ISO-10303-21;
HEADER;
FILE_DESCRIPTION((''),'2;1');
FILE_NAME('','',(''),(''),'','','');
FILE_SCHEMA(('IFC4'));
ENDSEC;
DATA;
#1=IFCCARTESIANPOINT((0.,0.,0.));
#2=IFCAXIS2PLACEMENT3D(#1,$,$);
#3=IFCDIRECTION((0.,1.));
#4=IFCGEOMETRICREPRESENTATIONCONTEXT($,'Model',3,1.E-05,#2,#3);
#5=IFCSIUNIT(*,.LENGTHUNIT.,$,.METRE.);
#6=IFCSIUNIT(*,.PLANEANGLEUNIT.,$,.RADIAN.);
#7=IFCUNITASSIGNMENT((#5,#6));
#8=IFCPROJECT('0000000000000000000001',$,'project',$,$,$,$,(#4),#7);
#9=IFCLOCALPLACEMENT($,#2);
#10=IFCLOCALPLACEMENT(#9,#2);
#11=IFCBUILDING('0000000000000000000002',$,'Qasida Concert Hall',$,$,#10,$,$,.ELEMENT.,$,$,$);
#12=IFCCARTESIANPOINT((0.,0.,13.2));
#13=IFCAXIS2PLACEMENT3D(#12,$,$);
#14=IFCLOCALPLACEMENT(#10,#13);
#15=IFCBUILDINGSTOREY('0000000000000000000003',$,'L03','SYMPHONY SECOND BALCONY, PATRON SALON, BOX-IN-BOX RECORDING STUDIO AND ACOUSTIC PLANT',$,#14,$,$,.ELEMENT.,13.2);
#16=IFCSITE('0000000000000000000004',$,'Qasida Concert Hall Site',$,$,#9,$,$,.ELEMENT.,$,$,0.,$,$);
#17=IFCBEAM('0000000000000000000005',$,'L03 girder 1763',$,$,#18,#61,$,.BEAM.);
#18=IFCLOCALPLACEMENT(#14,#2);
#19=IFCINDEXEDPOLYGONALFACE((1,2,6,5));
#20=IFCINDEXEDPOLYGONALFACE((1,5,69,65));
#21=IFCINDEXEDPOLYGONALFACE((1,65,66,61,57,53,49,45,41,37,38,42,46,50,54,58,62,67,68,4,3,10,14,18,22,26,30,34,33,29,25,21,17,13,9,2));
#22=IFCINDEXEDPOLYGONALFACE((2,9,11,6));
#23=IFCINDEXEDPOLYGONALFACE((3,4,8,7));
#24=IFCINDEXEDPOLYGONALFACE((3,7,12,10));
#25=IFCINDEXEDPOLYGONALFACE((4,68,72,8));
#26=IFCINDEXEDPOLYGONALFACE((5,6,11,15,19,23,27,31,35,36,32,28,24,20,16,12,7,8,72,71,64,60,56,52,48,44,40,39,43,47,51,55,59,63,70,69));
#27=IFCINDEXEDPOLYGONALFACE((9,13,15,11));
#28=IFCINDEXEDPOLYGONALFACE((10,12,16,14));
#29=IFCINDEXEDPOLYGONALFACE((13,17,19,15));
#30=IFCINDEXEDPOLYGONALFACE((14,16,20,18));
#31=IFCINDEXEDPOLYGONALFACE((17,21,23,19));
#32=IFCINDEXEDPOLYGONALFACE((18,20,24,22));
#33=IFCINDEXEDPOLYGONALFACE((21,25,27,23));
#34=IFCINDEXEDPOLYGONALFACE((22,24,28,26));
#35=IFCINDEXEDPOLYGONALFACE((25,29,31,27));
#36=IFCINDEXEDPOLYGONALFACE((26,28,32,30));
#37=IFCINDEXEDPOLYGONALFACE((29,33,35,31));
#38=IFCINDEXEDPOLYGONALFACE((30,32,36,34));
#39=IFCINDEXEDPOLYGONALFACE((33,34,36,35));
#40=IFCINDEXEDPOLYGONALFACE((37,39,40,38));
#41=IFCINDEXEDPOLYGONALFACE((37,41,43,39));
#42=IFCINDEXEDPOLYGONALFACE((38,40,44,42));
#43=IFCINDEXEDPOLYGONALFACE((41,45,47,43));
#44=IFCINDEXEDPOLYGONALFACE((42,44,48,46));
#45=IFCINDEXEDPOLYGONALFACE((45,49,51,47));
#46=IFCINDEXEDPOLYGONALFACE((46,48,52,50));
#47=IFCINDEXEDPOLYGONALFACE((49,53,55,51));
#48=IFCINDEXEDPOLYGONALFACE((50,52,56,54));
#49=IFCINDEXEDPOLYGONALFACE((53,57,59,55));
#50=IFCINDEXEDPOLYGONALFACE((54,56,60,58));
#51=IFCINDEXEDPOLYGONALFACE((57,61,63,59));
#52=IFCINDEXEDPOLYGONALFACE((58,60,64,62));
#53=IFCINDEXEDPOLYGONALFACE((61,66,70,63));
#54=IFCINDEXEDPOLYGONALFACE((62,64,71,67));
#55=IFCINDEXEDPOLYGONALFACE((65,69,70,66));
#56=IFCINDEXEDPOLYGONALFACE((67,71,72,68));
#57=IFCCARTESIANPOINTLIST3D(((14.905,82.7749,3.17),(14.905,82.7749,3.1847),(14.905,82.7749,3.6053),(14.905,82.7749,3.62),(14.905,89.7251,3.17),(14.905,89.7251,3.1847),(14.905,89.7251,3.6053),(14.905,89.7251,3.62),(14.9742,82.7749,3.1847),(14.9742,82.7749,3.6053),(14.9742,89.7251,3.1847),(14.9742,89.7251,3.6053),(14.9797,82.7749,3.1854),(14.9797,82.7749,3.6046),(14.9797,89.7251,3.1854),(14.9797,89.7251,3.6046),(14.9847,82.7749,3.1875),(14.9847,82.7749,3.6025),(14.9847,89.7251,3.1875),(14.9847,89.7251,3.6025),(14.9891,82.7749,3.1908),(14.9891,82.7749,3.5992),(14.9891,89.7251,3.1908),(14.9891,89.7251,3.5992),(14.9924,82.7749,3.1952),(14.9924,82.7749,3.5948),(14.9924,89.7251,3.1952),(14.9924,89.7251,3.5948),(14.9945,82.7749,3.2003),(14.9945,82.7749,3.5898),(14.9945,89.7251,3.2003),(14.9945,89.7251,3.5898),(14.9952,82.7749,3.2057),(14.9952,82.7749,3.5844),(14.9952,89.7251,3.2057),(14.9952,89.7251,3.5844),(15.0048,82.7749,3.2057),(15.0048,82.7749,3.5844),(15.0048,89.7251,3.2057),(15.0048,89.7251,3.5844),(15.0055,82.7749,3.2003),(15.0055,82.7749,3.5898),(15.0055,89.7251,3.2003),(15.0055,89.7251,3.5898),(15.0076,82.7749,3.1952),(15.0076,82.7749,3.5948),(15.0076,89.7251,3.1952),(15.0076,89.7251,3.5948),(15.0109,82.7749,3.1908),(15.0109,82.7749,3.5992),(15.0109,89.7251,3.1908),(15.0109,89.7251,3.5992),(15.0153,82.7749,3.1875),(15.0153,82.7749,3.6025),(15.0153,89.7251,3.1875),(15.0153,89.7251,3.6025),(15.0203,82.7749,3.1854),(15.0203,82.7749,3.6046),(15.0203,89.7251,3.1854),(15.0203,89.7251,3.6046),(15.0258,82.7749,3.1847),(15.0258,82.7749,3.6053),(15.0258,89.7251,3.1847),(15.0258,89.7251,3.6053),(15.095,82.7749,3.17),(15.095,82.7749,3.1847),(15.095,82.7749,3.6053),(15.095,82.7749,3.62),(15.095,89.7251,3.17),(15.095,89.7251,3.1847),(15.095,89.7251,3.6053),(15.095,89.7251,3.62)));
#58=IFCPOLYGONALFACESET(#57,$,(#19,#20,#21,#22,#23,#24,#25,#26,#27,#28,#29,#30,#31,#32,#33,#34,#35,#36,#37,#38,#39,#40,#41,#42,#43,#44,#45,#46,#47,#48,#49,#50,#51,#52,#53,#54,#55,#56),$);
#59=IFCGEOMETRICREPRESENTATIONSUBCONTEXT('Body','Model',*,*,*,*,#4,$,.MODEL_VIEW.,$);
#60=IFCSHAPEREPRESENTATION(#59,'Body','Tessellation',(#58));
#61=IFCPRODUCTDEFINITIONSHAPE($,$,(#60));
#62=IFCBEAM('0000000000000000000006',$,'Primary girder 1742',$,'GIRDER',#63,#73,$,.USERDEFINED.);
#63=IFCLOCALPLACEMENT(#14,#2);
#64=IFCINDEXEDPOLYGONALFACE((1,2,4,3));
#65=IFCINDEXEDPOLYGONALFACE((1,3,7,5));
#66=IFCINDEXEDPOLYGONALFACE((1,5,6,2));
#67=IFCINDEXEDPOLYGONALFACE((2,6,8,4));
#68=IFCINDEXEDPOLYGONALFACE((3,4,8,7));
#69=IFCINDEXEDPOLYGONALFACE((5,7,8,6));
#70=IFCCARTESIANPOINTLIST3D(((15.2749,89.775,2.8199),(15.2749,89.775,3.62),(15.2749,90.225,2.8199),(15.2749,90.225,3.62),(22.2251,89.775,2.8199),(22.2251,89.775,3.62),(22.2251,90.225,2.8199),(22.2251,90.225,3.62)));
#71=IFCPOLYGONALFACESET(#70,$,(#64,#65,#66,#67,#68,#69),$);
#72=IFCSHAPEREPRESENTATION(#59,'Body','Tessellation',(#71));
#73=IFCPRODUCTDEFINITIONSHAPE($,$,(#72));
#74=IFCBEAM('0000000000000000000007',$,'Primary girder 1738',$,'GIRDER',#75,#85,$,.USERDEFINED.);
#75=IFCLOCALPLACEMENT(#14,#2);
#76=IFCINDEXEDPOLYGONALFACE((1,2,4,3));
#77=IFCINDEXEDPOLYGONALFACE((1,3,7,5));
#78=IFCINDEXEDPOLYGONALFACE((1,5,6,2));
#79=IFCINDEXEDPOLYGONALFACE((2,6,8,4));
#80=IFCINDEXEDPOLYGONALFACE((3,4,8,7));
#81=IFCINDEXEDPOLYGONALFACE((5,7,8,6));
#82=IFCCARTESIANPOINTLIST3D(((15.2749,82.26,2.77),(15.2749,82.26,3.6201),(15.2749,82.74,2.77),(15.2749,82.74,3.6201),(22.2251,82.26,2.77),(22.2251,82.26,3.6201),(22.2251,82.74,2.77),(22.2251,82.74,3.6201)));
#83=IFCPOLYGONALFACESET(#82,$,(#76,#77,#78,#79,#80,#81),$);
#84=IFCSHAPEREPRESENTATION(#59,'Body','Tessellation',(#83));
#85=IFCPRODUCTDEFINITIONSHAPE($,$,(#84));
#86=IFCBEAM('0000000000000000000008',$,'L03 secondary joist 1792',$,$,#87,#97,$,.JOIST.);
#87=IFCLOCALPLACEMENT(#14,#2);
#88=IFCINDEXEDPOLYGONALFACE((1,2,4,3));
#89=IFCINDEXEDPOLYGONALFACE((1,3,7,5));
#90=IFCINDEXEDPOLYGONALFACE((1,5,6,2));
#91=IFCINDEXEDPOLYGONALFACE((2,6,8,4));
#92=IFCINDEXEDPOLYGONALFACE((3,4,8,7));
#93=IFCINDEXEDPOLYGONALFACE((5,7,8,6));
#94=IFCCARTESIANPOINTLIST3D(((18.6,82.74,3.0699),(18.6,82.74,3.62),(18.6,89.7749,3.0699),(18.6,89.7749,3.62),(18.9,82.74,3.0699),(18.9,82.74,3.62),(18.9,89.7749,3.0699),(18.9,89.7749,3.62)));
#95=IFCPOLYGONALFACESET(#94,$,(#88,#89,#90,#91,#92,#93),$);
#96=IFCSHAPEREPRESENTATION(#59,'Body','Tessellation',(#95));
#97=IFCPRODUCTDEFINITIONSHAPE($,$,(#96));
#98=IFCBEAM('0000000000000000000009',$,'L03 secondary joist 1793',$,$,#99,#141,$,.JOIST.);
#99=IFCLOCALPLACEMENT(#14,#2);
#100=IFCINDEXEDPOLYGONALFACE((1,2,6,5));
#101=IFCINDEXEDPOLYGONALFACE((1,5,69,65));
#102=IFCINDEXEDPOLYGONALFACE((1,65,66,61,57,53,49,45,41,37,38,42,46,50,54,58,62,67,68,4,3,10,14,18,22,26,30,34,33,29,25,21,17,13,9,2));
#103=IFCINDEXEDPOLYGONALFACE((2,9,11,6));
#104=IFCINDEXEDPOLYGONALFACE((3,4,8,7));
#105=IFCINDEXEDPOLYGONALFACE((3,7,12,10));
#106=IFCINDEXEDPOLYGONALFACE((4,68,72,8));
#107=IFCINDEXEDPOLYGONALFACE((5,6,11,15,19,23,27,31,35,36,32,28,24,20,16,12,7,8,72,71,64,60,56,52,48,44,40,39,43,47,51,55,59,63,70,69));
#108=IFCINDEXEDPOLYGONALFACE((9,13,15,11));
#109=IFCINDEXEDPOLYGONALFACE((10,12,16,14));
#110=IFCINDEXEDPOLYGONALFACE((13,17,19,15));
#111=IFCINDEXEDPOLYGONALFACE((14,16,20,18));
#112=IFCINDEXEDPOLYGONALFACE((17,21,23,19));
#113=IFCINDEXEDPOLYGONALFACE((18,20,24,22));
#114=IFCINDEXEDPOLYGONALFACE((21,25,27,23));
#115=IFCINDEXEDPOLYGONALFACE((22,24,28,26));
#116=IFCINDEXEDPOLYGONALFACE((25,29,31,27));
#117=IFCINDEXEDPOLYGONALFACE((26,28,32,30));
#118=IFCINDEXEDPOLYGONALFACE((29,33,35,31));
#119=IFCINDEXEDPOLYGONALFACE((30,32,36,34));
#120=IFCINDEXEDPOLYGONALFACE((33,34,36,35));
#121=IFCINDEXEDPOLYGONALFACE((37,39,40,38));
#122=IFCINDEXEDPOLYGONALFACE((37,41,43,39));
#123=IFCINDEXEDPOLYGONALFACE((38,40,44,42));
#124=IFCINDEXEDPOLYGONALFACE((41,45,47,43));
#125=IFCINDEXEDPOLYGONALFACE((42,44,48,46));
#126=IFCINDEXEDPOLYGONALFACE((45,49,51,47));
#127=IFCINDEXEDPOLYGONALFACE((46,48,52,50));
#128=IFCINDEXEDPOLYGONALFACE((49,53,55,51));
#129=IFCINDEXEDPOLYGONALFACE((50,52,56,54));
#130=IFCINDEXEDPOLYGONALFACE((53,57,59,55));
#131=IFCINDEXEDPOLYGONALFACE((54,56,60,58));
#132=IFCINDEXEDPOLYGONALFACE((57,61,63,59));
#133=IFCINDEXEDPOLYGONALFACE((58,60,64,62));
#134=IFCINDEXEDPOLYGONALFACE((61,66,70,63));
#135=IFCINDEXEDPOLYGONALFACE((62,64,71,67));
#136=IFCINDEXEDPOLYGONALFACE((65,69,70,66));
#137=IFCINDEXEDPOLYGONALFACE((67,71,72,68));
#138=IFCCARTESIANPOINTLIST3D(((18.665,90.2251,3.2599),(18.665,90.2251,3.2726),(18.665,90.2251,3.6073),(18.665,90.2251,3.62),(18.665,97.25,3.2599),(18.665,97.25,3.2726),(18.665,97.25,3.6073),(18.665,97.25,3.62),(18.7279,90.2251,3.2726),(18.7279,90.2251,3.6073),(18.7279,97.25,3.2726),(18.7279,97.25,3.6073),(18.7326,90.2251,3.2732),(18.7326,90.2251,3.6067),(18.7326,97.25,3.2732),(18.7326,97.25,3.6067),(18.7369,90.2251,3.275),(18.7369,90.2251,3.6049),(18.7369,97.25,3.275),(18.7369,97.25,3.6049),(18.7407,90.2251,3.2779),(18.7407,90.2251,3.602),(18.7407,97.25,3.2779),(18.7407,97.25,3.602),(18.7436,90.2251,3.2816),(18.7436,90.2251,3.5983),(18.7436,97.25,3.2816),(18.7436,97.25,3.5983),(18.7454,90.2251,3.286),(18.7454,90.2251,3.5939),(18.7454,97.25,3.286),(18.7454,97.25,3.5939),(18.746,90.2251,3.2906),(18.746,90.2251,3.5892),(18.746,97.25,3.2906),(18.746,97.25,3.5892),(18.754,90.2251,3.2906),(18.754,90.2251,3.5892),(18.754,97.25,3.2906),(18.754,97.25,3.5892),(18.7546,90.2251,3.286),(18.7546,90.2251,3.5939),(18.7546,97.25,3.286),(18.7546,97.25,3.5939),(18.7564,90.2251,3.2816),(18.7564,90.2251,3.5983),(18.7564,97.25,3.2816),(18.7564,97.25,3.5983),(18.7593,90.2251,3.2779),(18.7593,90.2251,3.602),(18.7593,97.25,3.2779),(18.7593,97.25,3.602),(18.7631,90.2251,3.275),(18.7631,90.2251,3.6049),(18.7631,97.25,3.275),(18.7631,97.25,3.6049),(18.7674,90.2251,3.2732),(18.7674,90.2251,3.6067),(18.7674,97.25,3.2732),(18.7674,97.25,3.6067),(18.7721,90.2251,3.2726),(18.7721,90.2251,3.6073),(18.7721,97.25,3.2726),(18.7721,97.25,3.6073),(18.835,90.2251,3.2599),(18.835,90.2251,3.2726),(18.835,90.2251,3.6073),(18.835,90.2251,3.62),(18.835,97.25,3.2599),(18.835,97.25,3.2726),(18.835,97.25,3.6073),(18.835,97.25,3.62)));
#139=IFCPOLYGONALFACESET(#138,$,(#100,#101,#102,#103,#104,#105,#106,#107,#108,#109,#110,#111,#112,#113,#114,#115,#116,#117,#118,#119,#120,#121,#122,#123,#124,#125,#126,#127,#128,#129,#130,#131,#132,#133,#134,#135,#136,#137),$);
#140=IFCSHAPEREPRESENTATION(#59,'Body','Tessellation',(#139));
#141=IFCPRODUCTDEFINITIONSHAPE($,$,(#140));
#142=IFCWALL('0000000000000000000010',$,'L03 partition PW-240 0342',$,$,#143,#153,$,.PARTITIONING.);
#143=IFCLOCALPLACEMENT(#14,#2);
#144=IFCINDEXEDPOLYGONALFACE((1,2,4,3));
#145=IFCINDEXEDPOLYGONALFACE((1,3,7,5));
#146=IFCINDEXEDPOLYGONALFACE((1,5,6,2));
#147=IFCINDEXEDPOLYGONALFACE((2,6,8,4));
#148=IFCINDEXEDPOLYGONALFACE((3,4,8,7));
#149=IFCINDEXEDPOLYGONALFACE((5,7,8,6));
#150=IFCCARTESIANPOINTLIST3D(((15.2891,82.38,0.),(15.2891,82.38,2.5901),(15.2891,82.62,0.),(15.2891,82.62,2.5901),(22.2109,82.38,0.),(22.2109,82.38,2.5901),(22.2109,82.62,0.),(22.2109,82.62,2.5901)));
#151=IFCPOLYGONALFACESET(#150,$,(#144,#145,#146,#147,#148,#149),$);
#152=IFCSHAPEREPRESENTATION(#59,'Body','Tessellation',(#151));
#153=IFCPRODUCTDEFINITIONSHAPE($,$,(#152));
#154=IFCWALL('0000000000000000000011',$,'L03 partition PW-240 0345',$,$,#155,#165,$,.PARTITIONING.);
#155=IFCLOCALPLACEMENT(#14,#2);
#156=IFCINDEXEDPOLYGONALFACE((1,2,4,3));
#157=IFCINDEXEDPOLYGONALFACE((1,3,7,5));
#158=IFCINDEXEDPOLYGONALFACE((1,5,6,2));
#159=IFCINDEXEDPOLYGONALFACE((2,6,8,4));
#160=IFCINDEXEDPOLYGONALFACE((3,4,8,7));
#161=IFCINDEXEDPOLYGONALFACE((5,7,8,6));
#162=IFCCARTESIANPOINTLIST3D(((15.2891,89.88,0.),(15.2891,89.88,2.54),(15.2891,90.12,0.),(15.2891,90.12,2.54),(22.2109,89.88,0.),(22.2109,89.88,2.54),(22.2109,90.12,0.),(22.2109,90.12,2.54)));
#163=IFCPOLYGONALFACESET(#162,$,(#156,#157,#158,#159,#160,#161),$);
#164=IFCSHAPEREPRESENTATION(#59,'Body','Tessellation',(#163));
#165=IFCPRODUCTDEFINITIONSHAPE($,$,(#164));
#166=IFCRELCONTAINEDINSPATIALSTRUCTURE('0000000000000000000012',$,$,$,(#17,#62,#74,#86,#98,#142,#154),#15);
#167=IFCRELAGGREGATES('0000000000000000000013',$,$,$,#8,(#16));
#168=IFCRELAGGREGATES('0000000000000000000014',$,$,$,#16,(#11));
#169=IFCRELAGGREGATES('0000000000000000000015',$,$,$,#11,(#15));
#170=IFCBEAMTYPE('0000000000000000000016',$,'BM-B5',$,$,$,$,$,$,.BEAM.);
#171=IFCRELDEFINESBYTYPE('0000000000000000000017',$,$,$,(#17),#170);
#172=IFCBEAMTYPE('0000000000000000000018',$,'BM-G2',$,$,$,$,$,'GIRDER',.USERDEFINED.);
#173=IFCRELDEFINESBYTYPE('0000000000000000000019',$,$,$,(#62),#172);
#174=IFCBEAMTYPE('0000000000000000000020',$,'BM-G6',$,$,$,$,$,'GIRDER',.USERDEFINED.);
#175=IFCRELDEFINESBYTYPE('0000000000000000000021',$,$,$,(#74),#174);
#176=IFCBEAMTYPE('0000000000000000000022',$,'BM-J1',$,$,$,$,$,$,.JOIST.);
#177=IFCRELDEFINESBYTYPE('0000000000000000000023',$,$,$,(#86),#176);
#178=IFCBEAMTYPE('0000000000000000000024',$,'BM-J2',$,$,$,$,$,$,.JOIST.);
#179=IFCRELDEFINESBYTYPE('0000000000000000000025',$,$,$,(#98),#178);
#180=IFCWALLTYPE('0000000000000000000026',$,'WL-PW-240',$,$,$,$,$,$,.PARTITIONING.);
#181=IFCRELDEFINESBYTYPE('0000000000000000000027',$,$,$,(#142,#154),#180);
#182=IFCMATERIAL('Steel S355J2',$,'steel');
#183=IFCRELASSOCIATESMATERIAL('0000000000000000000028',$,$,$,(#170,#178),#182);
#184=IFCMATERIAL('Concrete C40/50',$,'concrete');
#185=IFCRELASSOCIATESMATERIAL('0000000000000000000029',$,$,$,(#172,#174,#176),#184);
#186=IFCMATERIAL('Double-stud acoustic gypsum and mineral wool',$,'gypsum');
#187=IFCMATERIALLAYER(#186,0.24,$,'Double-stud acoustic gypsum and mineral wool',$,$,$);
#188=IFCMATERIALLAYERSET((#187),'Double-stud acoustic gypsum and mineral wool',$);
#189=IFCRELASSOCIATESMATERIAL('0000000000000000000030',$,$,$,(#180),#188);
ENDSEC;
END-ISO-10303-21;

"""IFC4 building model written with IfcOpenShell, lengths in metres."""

from ifc_helpers import new_model, si_unit, direction, frame, frame_2d, origin, origin_2d, place, context, subcontext, project, spatial, rectangle, i_section, extrude, material, layer, layer_set, material_profile, profile_set, type_object, element, save


model = new_model("IFC4")

# Units and contexts
model_context = context("Model", 3, precision=1e-05, world=origin(), true_north=direction((0.0, 1.0)))
body_context = subcontext(model_context, "Body", "Model", "MODEL_VIEW")
ifc_project = project(units=[si_unit("LENGTHUNIT", "METRE"), si_unit("PLANEANGLEUNIT", "RADIAN")], contexts=[model_context])

# Site, building, storey
site_placement = place(None, origin())
site = spatial("IfcSite", under=ifc_project, at=site_placement, Name="Qasida Concert Hall Site", CompositionType="ELEMENT", RefElevation=0.0)
building_placement = place(site_placement, origin())
building = spatial("IfcBuilding", under=site, at=building_placement, Name="Qasida Concert Hall", CompositionType="ELEMENT")
storey_placement = place(building_placement, frame((0.0, 0.0, 13.2)))
storey = spatial("IfcBuildingStorey", under=building, at=storey_placement, Name="L03", Description="SYMPHONY SECOND BALCONY, PATRON SALON, BOX-IN-BOX RECORDING STUDIO AND ACOUSTIC PLANT", CompositionType="ELEMENT", Elevation=13.2)

# Beams
ifc_material_1 = material(Name="Steel S355J2", Category="steel")
ifc_material_2 = material(Name="Concrete C40/50", Category="concrete")
ifc_material_profile_1 = material_profile(ifc_material_1, i_section(OverallWidth=0.1899, OverallDepth=0.45, WebThickness=0.0095, FlangeThickness=0.0146, FilletRadius=0.021, at=origin_2d()), Name="IPE 450")
ifc_profile_set_1 = profile_set([ifc_material_profile_1], Name="Steel S355J2")
beam_type_1 = type_object("IfcBeamType", Name="BM-B5", PredefinedType="BEAM", material=ifc_profile_set_1)
beam_1_placement = place(storey_placement, frame((15.0, 82.7749, 3.395), z_axis=(0.0, 1.0, 0.0), x_axis=(-1.0, 0.0, 0.0)))
element("IfcBeam", 1, at=beam_1_placement, inside=storey, type_object=beam_type_1, Name="L03 girder 1763", PredefinedType="BEAM", context=body_context, shape_type="SweptSolid", body=[
    extrude(i_section(OverallWidth=0.1899, OverallDepth=0.45, WebThickness=0.0095, FlangeThickness=0.0146, FilletRadius=0.021, at=origin_2d()), origin(), (0.0, 0.0, 1.0), 6.9502),
])
ifc_material_profile_2 = material_profile(ifc_material_2, rectangle(XDim=0.45, YDim=0.8, at=origin_2d()), Name="RC 450x800")
ifc_profile_set_2 = profile_set([ifc_material_profile_2], Name="Concrete C40/50")
beam_type_2 = type_object("IfcBeamType", Name="BM-G2", ElementType="GIRDER", PredefinedType="USERDEFINED", material=ifc_profile_set_2)
beam_2_placement = place(storey_placement, frame((15.2749, 90.0, 3.22), z_axis=(1.0, 0.0, 0.0), x_axis=(0.0, 1.0, 0.0)))
element("IfcBeam", 2, at=beam_2_placement, inside=storey, type_object=beam_type_2, Name="Primary girder 1742", ObjectType="GIRDER", PredefinedType="USERDEFINED", context=body_context, shape_type="SweptSolid", body=[
    extrude(rectangle(XDim=0.45, YDim=0.8, at=origin_2d()), origin(), (0.0, 0.0, 1.0), 6.9502),
])
ifc_material_profile_3 = material_profile(ifc_material_2, rectangle(XDim=0.48, YDim=0.8501, at=origin_2d()), Name="RC 480x850")
ifc_profile_set_3 = profile_set([ifc_material_profile_3], Name="Concrete C40/50")
beam_type_3 = type_object("IfcBeamType", Name="BM-G6", ElementType="GIRDER", PredefinedType="USERDEFINED", material=ifc_profile_set_3)
beam_3_placement = place(storey_placement, frame((15.2749, 82.5, 3.1951), z_axis=(1.0, 0.0, 0.0), x_axis=(0.0, 1.0, 0.0)))
element("IfcBeam", 3, at=beam_3_placement, inside=storey, type_object=beam_type_3, Name="Primary girder 1738", ObjectType="GIRDER", PredefinedType="USERDEFINED", context=body_context, shape_type="SweptSolid", body=[
    extrude(rectangle(XDim=0.48, YDim=0.8501, at=origin_2d()), origin(), (0.0, 0.0, 1.0), 6.9502),
])
ifc_material_profile_4 = material_profile(ifc_material_2, rectangle(XDim=0.3, YDim=0.55, at=origin_2d()), Name="RC 300x550")
ifc_profile_set_4 = profile_set([ifc_material_profile_4], Name="Concrete C40/50")
beam_type_4 = type_object("IfcBeamType", Name="BM-J1", PredefinedType="JOIST", material=ifc_profile_set_4)
beam_4_placement = place(storey_placement, frame((18.75, 82.74, 3.345), z_axis=(0.0, 1.0, 0.0), x_axis=(-1.0, 0.0, 0.0)))
element("IfcBeam", 4, at=beam_4_placement, inside=storey, type_object=beam_type_4, Name="L03 secondary joist 1792", PredefinedType="JOIST", context=body_context, shape_type="SweptSolid", body=[
    extrude(rectangle(XDim=0.3, YDim=0.55, at=origin_2d()), origin(), (0.0, 0.0, 1.0), 7.0349),
])
ifc_material_profile_5 = material_profile(ifc_material_1, i_section(OverallWidth=0.1699, OverallDepth=0.3601, WebThickness=0.0081, FlangeThickness=0.0127, FilletRadius=0.0181, at=origin_2d()), Name="IPE 360")
ifc_profile_set_5 = profile_set([ifc_material_profile_5], Name="Steel S355J2")
beam_type_5 = type_object("IfcBeamType", Name="BM-J2", PredefinedType="JOIST", material=ifc_profile_set_5)
beam_5_placement = place(storey_placement, frame((18.75, 90.2251, 3.4399), z_axis=(0.0, 1.0, 0.0), x_axis=(-1.0, 0.0, 0.0)))
element("IfcBeam", 5, at=beam_5_placement, inside=storey, type_object=beam_type_5, Name="L03 secondary joist 1793", PredefinedType="JOIST", context=body_context, shape_type="SweptSolid", body=[
    extrude(i_section(OverallWidth=0.1699, OverallDepth=0.3601, WebThickness=0.0081, FlangeThickness=0.0127, FilletRadius=0.0181, at=origin_2d()), origin(), (0.0, 0.0, 1.0), 7.0249),
])

# Walls
ifc_material_3 = material(Name="Double-stud acoustic gypsum and mineral wool", Category="gypsum")
ifc_layer = layer(ifc_material_3, 0.24, Name="Double-stud acoustic gypsum and mineral wool")
ifc_layer_set = layer_set([ifc_layer], Name="Double-stud acoustic gypsum and mineral wool")
wall_type = type_object("IfcWallType", Name="WL-PW-240", PredefinedType="PARTITIONING", material=ifc_layer_set)
wall_1_placement = place(storey_placement, frame((15.2891, 82.5, 0.0), z_axis=(0.0, 0.0, 1.0), x_axis=(1.0, 0.0, 0.0)))
element("IfcWall", 6, at=wall_1_placement, inside=storey, type_object=wall_type, Name="L03 partition PW-240 0342", PredefinedType="PARTITIONING", context=body_context, shape_type="SweptSolid", body=[
    extrude(rectangle(XDim=6.9219, YDim=0.24, at=frame_2d((3.4609, 0.0))), origin(), (0.0, 0.0, 1.0), 2.5901),
])
wall_2_placement = place(storey_placement, frame((15.2891, 90.0, 0.0), z_axis=(0.0, 0.0, 1.0), x_axis=(1.0, 0.0, 0.0)))
element("IfcWall", 7, at=wall_2_placement, inside=storey, type_object=wall_type, Name="L03 partition PW-240 0345", PredefinedType="PARTITIONING", context=body_context, shape_type="SweptSolid", body=[
    extrude(rectangle(XDim=6.9219, YDim=0.24, at=frame_2d((3.4609, 0.0))), origin(), (0.0, 0.0, 1.0), 2.54),
])

save(model, "model.ifc")
